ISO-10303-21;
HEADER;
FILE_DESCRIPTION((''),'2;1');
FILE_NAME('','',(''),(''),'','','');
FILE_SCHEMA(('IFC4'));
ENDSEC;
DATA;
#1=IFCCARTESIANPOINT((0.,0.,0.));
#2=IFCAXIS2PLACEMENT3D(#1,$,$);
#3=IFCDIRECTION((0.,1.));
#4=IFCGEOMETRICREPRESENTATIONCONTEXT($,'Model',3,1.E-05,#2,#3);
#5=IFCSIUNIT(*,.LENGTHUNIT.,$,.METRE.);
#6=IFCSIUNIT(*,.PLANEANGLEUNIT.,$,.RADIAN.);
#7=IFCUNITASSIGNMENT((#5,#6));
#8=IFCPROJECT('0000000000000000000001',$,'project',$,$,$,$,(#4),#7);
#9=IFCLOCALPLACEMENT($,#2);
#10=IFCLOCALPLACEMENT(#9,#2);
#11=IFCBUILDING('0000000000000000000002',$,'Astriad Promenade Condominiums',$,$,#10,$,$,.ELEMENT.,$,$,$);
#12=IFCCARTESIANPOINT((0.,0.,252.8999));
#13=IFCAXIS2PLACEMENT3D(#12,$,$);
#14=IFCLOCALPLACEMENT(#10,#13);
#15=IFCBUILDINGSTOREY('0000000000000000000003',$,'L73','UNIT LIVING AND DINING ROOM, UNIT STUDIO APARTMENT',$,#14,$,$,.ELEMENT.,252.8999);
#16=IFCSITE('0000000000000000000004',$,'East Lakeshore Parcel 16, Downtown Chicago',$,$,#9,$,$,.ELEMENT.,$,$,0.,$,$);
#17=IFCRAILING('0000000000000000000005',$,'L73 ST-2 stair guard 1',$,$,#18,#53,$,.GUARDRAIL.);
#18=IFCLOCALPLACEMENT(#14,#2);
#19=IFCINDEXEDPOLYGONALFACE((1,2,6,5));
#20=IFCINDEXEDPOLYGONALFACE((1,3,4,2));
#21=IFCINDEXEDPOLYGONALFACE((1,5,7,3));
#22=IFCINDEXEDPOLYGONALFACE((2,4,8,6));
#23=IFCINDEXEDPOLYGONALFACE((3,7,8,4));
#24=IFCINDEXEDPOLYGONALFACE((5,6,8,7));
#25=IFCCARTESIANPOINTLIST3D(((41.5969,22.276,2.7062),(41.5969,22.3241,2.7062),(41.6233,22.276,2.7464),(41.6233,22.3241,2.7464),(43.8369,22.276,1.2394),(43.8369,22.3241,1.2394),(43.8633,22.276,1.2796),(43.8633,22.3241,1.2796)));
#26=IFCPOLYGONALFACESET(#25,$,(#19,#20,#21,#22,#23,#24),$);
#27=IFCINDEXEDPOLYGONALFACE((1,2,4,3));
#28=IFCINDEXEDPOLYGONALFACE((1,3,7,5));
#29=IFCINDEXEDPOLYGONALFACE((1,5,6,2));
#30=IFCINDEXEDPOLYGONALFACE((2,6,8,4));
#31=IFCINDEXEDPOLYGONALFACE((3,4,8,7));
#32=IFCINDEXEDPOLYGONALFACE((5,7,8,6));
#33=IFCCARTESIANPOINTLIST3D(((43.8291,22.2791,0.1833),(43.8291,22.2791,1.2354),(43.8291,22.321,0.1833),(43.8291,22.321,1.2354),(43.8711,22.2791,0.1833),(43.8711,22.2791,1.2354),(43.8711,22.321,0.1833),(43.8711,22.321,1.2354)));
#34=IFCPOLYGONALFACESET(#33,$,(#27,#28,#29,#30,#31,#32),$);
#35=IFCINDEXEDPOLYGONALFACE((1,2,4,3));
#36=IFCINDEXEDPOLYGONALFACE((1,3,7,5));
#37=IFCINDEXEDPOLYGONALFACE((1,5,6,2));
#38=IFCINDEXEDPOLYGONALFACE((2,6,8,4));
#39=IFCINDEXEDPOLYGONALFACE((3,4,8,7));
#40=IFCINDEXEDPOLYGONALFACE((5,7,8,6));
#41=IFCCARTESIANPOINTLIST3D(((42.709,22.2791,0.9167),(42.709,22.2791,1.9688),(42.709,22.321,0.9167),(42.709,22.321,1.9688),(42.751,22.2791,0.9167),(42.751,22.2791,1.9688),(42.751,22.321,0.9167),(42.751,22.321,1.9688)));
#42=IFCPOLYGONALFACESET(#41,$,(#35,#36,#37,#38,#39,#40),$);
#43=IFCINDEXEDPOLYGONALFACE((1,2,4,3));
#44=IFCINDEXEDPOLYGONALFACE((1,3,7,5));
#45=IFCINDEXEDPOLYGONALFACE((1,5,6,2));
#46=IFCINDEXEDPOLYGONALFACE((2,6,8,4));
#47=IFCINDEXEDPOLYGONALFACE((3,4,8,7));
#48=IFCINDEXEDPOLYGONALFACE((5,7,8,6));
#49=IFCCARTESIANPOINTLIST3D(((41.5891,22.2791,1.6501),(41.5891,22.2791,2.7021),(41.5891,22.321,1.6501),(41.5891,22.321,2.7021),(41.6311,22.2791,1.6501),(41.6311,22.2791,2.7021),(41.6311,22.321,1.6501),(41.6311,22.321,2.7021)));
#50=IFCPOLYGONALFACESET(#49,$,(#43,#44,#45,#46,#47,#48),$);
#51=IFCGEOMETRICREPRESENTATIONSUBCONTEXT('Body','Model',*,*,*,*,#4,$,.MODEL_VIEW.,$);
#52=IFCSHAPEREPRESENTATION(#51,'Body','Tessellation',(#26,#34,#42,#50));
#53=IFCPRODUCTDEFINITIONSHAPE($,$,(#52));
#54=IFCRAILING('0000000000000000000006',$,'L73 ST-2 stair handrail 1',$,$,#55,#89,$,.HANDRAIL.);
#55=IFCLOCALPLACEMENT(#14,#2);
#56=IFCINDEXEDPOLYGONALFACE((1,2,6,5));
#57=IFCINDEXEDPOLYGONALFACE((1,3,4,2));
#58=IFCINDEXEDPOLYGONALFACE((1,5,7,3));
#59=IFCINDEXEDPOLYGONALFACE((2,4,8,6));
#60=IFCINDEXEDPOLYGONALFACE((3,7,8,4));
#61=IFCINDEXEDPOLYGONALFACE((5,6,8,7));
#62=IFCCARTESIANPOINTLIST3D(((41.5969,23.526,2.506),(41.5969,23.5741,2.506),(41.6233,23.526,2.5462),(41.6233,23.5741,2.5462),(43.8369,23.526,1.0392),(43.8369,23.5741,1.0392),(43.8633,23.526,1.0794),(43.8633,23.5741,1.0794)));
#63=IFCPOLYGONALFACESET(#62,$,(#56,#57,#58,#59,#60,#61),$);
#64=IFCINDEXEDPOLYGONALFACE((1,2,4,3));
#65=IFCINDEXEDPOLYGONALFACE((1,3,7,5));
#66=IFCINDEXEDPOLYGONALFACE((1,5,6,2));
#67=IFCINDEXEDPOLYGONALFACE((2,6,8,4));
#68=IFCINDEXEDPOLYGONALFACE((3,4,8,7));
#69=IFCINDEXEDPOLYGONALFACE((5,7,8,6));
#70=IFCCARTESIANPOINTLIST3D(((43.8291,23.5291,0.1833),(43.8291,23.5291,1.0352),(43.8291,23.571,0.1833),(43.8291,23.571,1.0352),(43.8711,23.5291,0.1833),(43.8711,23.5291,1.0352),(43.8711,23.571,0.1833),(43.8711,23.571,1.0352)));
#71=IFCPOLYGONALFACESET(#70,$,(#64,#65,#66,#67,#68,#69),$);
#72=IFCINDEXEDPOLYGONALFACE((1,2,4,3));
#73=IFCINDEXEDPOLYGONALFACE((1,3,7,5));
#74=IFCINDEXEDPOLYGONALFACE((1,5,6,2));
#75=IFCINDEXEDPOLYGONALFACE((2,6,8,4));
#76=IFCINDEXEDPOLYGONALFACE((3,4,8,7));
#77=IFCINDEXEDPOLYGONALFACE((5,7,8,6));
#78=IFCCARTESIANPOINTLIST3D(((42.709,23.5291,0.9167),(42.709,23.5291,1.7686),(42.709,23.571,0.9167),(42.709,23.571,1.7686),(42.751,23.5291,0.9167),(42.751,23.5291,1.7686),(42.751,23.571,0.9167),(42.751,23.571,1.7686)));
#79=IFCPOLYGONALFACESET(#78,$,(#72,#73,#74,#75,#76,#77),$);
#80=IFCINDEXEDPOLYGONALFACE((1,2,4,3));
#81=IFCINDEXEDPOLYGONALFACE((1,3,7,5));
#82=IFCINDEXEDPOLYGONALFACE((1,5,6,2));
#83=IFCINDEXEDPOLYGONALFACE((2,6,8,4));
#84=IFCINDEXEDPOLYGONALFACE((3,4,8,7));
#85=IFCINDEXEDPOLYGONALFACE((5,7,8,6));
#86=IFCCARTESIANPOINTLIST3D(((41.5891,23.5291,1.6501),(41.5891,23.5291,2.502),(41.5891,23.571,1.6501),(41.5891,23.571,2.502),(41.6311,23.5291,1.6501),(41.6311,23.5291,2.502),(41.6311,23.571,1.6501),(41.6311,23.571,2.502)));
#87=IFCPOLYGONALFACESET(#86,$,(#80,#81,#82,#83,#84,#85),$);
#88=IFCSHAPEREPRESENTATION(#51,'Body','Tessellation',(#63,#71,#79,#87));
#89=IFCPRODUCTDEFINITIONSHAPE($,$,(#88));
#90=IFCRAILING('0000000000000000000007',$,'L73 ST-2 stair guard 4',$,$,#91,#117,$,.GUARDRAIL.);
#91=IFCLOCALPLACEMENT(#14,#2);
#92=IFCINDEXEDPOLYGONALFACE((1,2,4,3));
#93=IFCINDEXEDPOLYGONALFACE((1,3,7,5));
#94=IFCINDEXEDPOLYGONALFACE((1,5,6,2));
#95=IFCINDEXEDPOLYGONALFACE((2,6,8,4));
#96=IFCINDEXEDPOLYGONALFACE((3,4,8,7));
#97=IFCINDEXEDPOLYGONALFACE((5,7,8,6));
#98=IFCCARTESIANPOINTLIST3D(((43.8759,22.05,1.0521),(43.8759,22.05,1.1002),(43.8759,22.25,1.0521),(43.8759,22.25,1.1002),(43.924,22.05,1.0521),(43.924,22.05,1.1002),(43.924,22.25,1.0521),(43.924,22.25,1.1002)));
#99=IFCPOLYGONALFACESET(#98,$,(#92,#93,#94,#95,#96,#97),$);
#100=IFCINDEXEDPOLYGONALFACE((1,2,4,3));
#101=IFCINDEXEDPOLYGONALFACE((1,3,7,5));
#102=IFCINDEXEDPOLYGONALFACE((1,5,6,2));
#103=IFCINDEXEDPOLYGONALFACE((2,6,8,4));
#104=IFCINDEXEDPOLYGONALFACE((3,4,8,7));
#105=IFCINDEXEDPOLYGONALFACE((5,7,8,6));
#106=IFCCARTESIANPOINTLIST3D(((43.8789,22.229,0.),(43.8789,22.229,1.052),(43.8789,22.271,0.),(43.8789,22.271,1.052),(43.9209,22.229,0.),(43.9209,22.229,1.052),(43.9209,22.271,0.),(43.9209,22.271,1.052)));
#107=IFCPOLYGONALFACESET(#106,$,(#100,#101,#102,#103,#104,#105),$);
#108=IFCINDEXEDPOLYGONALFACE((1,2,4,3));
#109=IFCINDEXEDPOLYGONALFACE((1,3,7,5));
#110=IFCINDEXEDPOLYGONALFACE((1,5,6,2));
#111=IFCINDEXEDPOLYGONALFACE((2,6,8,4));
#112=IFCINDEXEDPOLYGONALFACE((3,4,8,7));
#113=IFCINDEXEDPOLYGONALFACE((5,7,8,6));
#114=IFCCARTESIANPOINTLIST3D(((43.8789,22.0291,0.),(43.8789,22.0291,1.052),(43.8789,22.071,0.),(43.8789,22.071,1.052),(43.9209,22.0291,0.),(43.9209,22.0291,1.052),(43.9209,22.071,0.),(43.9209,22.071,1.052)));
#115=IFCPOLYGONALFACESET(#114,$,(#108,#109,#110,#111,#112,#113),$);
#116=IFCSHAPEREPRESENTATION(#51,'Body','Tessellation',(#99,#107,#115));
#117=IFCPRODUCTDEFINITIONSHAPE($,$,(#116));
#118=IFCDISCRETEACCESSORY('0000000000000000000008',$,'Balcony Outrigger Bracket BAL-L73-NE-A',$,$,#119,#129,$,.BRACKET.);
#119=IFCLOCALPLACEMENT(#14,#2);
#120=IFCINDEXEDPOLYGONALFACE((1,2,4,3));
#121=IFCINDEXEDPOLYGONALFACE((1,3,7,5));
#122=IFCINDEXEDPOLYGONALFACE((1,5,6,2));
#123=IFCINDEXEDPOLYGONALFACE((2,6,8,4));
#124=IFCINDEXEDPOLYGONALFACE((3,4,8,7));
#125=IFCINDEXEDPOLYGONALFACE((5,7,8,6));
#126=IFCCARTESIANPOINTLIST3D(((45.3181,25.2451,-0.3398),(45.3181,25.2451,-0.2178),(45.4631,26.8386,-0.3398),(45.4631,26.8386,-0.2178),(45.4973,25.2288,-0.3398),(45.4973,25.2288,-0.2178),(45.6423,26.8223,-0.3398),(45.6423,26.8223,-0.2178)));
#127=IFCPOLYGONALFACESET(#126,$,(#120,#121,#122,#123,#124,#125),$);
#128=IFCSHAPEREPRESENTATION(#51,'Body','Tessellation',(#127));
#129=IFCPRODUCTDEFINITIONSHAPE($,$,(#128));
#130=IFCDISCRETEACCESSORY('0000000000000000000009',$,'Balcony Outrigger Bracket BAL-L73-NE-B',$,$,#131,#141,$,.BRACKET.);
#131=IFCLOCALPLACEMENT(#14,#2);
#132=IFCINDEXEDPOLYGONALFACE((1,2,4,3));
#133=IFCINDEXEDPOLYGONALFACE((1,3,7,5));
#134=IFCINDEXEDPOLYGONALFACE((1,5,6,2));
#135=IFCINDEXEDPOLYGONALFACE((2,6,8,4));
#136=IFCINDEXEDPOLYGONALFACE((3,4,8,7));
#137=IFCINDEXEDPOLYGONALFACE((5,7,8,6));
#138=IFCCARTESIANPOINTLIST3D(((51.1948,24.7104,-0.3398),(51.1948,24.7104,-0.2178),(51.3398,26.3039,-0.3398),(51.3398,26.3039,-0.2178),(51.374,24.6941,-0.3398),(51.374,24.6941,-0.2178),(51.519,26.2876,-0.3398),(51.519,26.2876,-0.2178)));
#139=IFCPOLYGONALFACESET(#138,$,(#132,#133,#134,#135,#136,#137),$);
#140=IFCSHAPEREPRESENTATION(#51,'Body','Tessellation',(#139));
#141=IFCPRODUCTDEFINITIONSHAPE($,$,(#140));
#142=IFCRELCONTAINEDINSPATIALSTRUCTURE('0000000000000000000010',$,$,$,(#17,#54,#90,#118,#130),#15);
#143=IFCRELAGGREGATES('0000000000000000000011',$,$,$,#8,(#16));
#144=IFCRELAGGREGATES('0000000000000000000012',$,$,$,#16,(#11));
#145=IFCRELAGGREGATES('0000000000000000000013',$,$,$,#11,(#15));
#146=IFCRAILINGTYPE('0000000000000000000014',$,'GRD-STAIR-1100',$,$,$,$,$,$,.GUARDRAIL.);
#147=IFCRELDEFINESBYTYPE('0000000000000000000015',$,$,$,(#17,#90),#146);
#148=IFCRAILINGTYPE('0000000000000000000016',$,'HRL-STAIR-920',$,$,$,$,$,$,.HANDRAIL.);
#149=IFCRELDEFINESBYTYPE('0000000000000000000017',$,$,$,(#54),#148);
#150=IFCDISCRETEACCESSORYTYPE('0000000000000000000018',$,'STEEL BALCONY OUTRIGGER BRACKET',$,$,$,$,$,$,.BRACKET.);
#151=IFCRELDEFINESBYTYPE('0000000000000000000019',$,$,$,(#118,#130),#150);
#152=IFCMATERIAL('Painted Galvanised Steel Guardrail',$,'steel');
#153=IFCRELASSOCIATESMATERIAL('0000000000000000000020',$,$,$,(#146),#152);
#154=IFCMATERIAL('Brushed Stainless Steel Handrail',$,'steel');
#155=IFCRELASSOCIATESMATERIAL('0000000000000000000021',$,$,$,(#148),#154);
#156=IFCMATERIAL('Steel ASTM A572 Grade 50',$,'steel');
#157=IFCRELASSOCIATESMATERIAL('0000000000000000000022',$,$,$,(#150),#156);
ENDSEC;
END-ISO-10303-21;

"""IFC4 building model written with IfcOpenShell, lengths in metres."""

from ifc_helpers import new_model, si_unit, direction, frame, origin, origin_2d, place, context, subcontext, project, spatial, rectangle, extrude, source, transform, mapped, material, type_object, type_shapes, element, save


model = new_model("IFC4")

# Units and contexts
model_context = context("Model", 3, precision=1e-05, world=origin(), true_north=direction((0.0, 1.0)))
body_context = subcontext(model_context, "Body", "Model", "MODEL_VIEW")
ifc_project = project(units=[si_unit("LENGTHUNIT", "METRE"), si_unit("PLANEANGLEUNIT", "RADIAN")], contexts=[model_context])

# Site, building, storey
site_placement = place(None, origin())
site = spatial("IfcSite", under=ifc_project, at=site_placement, Name="East Lakeshore Parcel 16, Downtown Chicago", CompositionType="ELEMENT", RefElevation=0.0)
building_placement = place(site_placement, origin())
building = spatial("IfcBuilding", under=site, at=building_placement, Name="Astriad Promenade Condominiums", CompositionType="ELEMENT")
storey_placement = place(building_placement, frame((0.0, 0.0, 252.8999)))
storey = spatial("IfcBuildingStorey", under=building, at=storey_placement, Name="L73", Description="UNIT LIVING AND DINING ROOM, UNIT STUDIO APARTMENT", CompositionType="ELEMENT", Elevation=252.8999)

# Railings
ifc_material_1 = material(Name="Painted Galvanised Steel Guardrail", Category="steel")
railing_type_1 = type_object("IfcRailingType", Name="GRD-STAIR-1100", PredefinedType="GUARDRAIL", material=ifc_material_1)
shared_shape_1 = source(origin(), body_context, "Body", "SweptSolid", [
    extrude(rectangle(XDim=0.0481, YDim=0.0481, at=origin_2d()), frame((0.0, 0.0, 1.0762), z_axis=(-0.836595, 0.0, 0.547822), x_axis=(0.0, -1.0, 0.0)), (0.0, 0.0, 1.0), 2.6775),
    extrude(rectangle(XDim=0.042, YDim=0.042, at=origin_2d()), origin(), (0.0, 0.0, 1.0), 1.052),
    extrude(rectangle(XDim=0.042, YDim=0.042, at=origin_2d()), frame((-1.1201, 0.0, 0.7334)), (0.0, 0.0, 1.0), 1.052),
    extrude(rectangle(XDim=0.042, YDim=0.042, at=origin_2d()), frame((-2.24, 0.0, 1.4668)), (0.0, 0.0, 1.0), 1.052),
])
railing_1_placement = place(storey_placement, frame((43.8501, 22.3, 0.1833)))
element("IfcRailing", 1, at=railing_1_placement, inside=storey, type_object=railing_type_1, Name="L73 ST-2 stair guard 1", PredefinedType="GUARDRAIL", context=body_context, shape_type="MappedRepresentation", body=[
    mapped(shared_shape_1, transform((0.0, 0.0, 0.0), scale=1.0)),
])
ifc_material_2 = material(Name="Brushed Stainless Steel Handrail", Category="steel")
railing_type_2 = type_object("IfcRailingType", Name="HRL-STAIR-920", PredefinedType="HANDRAIL", material=ifc_material_2)
shared_shape_2 = source(origin(), body_context, "Body", "SweptSolid", [
    extrude(rectangle(XDim=0.0481, YDim=0.0481, at=origin_2d()), frame((0.0, 0.0, 0.876), z_axis=(-0.836595, 0.0, 0.547822), x_axis=(0.0, -1.0, 0.0)), (0.0, 0.0, 1.0), 2.6775),
    extrude(rectangle(XDim=0.042, YDim=0.042, at=origin_2d()), origin(), (0.0, 0.0, 1.0), 0.8518),
    extrude(rectangle(XDim=0.042, YDim=0.042, at=origin_2d()), frame((-1.1201, 0.0, 0.7334)), (0.0, 0.0, 1.0), 0.8518),
    extrude(rectangle(XDim=0.042, YDim=0.042, at=origin_2d()), frame((-2.24, 0.0, 1.4668)), (0.0, 0.0, 1.0), 0.8518),
])
type_shapes(railing_type_2, [shared_shape_2])
railing_2_placement = place(storey_placement, frame((43.8501, 23.55, 0.1833)))
element("IfcRailing", 2, at=railing_2_placement, inside=storey, type_object=railing_type_2, Name="L73 ST-2 stair handrail 1", PredefinedType="HANDRAIL", context=body_context, shape_type="MappedRepresentation", body=[
    mapped(shared_shape_2, transform((0.0, 0.0, 0.0), scale=1.0)),
])
shared_shape_3 = source(origin(), body_context, "Body", "SweptSolid", [
    extrude(rectangle(XDim=0.0481, YDim=0.0481, at=origin_2d()), frame((0.0, 0.0, 1.0762), z_axis=(0.0, -1.0, 0.0), x_axis=(1.0, 0.0, 0.0)), (0.0, 0.0, 1.0), 0.2),
    extrude(rectangle(XDim=0.042, YDim=0.042, at=origin_2d()), origin(), (0.0, 0.0, 1.0), 1.052),
    extrude(rectangle(XDim=0.042, YDim=0.042, at=origin_2d()), frame((0.0, -0.2, 0.0)), (0.0, 0.0, 1.0), 1.052),
])
type_shapes(railing_type_1, [shared_shape_1, shared_shape_3])
railing_3_placement = place(storey_placement, frame((43.8999, 22.25, 0.0)))
element("IfcRailing", 3, at=railing_3_placement, inside=storey, type_object=railing_type_1, Name="L73 ST-2 stair guard 4", PredefinedType="GUARDRAIL", context=body_context, shape_type="MappedRepresentation", body=[
    mapped(shared_shape_3, transform((0.0, 0.0, 0.0), scale=1.0)),
])

# Discrete accessories
ifc_material_3 = material(Name="Steel ASTM A572 Grade 50", Category="steel")
discrete_accessory_type = type_object("IfcDiscreteAccessoryType", Name="STEEL BALCONY OUTRIGGER BRACKET", PredefinedType="BRACKET", material=ifc_material_3)
shared_shape_4 = source(origin(), body_context, "Body", "SweptSolid", [
    extrude(rectangle(XDim=1.6001, YDim=0.1799, at=origin_2d()), origin(), (0.0, 0.0, 1.0), 0.1221),
])
type_shapes(discrete_accessory_type, [shared_shape_4])
for number, where, z_axis, x_axis, name in (
    (4, (45.4802, 26.0337, -0.3398), (0.0, 0.0, 1.0), (0.090633, 0.995884, 0.0), "Balcony Outrigger Bracket BAL-L73-NE-A"),
    (5, (51.3569, 25.499, -0.3398), (0.0, 0.0, 1.0), (0.090633, 0.995884, 0.0), "Balcony Outrigger Bracket BAL-L73-NE-B"),
):
    element("IfcDiscreteAccessory", number, at=place(storey_placement, frame(where, z_axis=z_axis, x_axis=x_axis)), inside=storey, type_object=discrete_accessory_type, Name=name, PredefinedType="BRACKET", context=body_context, shape_type="MappedRepresentation", body=[
        mapped(shared_shape_4, transform((0.0, 0.0, 0.0), scale=1.0)),
    ])

save(model, "model.ifc")
